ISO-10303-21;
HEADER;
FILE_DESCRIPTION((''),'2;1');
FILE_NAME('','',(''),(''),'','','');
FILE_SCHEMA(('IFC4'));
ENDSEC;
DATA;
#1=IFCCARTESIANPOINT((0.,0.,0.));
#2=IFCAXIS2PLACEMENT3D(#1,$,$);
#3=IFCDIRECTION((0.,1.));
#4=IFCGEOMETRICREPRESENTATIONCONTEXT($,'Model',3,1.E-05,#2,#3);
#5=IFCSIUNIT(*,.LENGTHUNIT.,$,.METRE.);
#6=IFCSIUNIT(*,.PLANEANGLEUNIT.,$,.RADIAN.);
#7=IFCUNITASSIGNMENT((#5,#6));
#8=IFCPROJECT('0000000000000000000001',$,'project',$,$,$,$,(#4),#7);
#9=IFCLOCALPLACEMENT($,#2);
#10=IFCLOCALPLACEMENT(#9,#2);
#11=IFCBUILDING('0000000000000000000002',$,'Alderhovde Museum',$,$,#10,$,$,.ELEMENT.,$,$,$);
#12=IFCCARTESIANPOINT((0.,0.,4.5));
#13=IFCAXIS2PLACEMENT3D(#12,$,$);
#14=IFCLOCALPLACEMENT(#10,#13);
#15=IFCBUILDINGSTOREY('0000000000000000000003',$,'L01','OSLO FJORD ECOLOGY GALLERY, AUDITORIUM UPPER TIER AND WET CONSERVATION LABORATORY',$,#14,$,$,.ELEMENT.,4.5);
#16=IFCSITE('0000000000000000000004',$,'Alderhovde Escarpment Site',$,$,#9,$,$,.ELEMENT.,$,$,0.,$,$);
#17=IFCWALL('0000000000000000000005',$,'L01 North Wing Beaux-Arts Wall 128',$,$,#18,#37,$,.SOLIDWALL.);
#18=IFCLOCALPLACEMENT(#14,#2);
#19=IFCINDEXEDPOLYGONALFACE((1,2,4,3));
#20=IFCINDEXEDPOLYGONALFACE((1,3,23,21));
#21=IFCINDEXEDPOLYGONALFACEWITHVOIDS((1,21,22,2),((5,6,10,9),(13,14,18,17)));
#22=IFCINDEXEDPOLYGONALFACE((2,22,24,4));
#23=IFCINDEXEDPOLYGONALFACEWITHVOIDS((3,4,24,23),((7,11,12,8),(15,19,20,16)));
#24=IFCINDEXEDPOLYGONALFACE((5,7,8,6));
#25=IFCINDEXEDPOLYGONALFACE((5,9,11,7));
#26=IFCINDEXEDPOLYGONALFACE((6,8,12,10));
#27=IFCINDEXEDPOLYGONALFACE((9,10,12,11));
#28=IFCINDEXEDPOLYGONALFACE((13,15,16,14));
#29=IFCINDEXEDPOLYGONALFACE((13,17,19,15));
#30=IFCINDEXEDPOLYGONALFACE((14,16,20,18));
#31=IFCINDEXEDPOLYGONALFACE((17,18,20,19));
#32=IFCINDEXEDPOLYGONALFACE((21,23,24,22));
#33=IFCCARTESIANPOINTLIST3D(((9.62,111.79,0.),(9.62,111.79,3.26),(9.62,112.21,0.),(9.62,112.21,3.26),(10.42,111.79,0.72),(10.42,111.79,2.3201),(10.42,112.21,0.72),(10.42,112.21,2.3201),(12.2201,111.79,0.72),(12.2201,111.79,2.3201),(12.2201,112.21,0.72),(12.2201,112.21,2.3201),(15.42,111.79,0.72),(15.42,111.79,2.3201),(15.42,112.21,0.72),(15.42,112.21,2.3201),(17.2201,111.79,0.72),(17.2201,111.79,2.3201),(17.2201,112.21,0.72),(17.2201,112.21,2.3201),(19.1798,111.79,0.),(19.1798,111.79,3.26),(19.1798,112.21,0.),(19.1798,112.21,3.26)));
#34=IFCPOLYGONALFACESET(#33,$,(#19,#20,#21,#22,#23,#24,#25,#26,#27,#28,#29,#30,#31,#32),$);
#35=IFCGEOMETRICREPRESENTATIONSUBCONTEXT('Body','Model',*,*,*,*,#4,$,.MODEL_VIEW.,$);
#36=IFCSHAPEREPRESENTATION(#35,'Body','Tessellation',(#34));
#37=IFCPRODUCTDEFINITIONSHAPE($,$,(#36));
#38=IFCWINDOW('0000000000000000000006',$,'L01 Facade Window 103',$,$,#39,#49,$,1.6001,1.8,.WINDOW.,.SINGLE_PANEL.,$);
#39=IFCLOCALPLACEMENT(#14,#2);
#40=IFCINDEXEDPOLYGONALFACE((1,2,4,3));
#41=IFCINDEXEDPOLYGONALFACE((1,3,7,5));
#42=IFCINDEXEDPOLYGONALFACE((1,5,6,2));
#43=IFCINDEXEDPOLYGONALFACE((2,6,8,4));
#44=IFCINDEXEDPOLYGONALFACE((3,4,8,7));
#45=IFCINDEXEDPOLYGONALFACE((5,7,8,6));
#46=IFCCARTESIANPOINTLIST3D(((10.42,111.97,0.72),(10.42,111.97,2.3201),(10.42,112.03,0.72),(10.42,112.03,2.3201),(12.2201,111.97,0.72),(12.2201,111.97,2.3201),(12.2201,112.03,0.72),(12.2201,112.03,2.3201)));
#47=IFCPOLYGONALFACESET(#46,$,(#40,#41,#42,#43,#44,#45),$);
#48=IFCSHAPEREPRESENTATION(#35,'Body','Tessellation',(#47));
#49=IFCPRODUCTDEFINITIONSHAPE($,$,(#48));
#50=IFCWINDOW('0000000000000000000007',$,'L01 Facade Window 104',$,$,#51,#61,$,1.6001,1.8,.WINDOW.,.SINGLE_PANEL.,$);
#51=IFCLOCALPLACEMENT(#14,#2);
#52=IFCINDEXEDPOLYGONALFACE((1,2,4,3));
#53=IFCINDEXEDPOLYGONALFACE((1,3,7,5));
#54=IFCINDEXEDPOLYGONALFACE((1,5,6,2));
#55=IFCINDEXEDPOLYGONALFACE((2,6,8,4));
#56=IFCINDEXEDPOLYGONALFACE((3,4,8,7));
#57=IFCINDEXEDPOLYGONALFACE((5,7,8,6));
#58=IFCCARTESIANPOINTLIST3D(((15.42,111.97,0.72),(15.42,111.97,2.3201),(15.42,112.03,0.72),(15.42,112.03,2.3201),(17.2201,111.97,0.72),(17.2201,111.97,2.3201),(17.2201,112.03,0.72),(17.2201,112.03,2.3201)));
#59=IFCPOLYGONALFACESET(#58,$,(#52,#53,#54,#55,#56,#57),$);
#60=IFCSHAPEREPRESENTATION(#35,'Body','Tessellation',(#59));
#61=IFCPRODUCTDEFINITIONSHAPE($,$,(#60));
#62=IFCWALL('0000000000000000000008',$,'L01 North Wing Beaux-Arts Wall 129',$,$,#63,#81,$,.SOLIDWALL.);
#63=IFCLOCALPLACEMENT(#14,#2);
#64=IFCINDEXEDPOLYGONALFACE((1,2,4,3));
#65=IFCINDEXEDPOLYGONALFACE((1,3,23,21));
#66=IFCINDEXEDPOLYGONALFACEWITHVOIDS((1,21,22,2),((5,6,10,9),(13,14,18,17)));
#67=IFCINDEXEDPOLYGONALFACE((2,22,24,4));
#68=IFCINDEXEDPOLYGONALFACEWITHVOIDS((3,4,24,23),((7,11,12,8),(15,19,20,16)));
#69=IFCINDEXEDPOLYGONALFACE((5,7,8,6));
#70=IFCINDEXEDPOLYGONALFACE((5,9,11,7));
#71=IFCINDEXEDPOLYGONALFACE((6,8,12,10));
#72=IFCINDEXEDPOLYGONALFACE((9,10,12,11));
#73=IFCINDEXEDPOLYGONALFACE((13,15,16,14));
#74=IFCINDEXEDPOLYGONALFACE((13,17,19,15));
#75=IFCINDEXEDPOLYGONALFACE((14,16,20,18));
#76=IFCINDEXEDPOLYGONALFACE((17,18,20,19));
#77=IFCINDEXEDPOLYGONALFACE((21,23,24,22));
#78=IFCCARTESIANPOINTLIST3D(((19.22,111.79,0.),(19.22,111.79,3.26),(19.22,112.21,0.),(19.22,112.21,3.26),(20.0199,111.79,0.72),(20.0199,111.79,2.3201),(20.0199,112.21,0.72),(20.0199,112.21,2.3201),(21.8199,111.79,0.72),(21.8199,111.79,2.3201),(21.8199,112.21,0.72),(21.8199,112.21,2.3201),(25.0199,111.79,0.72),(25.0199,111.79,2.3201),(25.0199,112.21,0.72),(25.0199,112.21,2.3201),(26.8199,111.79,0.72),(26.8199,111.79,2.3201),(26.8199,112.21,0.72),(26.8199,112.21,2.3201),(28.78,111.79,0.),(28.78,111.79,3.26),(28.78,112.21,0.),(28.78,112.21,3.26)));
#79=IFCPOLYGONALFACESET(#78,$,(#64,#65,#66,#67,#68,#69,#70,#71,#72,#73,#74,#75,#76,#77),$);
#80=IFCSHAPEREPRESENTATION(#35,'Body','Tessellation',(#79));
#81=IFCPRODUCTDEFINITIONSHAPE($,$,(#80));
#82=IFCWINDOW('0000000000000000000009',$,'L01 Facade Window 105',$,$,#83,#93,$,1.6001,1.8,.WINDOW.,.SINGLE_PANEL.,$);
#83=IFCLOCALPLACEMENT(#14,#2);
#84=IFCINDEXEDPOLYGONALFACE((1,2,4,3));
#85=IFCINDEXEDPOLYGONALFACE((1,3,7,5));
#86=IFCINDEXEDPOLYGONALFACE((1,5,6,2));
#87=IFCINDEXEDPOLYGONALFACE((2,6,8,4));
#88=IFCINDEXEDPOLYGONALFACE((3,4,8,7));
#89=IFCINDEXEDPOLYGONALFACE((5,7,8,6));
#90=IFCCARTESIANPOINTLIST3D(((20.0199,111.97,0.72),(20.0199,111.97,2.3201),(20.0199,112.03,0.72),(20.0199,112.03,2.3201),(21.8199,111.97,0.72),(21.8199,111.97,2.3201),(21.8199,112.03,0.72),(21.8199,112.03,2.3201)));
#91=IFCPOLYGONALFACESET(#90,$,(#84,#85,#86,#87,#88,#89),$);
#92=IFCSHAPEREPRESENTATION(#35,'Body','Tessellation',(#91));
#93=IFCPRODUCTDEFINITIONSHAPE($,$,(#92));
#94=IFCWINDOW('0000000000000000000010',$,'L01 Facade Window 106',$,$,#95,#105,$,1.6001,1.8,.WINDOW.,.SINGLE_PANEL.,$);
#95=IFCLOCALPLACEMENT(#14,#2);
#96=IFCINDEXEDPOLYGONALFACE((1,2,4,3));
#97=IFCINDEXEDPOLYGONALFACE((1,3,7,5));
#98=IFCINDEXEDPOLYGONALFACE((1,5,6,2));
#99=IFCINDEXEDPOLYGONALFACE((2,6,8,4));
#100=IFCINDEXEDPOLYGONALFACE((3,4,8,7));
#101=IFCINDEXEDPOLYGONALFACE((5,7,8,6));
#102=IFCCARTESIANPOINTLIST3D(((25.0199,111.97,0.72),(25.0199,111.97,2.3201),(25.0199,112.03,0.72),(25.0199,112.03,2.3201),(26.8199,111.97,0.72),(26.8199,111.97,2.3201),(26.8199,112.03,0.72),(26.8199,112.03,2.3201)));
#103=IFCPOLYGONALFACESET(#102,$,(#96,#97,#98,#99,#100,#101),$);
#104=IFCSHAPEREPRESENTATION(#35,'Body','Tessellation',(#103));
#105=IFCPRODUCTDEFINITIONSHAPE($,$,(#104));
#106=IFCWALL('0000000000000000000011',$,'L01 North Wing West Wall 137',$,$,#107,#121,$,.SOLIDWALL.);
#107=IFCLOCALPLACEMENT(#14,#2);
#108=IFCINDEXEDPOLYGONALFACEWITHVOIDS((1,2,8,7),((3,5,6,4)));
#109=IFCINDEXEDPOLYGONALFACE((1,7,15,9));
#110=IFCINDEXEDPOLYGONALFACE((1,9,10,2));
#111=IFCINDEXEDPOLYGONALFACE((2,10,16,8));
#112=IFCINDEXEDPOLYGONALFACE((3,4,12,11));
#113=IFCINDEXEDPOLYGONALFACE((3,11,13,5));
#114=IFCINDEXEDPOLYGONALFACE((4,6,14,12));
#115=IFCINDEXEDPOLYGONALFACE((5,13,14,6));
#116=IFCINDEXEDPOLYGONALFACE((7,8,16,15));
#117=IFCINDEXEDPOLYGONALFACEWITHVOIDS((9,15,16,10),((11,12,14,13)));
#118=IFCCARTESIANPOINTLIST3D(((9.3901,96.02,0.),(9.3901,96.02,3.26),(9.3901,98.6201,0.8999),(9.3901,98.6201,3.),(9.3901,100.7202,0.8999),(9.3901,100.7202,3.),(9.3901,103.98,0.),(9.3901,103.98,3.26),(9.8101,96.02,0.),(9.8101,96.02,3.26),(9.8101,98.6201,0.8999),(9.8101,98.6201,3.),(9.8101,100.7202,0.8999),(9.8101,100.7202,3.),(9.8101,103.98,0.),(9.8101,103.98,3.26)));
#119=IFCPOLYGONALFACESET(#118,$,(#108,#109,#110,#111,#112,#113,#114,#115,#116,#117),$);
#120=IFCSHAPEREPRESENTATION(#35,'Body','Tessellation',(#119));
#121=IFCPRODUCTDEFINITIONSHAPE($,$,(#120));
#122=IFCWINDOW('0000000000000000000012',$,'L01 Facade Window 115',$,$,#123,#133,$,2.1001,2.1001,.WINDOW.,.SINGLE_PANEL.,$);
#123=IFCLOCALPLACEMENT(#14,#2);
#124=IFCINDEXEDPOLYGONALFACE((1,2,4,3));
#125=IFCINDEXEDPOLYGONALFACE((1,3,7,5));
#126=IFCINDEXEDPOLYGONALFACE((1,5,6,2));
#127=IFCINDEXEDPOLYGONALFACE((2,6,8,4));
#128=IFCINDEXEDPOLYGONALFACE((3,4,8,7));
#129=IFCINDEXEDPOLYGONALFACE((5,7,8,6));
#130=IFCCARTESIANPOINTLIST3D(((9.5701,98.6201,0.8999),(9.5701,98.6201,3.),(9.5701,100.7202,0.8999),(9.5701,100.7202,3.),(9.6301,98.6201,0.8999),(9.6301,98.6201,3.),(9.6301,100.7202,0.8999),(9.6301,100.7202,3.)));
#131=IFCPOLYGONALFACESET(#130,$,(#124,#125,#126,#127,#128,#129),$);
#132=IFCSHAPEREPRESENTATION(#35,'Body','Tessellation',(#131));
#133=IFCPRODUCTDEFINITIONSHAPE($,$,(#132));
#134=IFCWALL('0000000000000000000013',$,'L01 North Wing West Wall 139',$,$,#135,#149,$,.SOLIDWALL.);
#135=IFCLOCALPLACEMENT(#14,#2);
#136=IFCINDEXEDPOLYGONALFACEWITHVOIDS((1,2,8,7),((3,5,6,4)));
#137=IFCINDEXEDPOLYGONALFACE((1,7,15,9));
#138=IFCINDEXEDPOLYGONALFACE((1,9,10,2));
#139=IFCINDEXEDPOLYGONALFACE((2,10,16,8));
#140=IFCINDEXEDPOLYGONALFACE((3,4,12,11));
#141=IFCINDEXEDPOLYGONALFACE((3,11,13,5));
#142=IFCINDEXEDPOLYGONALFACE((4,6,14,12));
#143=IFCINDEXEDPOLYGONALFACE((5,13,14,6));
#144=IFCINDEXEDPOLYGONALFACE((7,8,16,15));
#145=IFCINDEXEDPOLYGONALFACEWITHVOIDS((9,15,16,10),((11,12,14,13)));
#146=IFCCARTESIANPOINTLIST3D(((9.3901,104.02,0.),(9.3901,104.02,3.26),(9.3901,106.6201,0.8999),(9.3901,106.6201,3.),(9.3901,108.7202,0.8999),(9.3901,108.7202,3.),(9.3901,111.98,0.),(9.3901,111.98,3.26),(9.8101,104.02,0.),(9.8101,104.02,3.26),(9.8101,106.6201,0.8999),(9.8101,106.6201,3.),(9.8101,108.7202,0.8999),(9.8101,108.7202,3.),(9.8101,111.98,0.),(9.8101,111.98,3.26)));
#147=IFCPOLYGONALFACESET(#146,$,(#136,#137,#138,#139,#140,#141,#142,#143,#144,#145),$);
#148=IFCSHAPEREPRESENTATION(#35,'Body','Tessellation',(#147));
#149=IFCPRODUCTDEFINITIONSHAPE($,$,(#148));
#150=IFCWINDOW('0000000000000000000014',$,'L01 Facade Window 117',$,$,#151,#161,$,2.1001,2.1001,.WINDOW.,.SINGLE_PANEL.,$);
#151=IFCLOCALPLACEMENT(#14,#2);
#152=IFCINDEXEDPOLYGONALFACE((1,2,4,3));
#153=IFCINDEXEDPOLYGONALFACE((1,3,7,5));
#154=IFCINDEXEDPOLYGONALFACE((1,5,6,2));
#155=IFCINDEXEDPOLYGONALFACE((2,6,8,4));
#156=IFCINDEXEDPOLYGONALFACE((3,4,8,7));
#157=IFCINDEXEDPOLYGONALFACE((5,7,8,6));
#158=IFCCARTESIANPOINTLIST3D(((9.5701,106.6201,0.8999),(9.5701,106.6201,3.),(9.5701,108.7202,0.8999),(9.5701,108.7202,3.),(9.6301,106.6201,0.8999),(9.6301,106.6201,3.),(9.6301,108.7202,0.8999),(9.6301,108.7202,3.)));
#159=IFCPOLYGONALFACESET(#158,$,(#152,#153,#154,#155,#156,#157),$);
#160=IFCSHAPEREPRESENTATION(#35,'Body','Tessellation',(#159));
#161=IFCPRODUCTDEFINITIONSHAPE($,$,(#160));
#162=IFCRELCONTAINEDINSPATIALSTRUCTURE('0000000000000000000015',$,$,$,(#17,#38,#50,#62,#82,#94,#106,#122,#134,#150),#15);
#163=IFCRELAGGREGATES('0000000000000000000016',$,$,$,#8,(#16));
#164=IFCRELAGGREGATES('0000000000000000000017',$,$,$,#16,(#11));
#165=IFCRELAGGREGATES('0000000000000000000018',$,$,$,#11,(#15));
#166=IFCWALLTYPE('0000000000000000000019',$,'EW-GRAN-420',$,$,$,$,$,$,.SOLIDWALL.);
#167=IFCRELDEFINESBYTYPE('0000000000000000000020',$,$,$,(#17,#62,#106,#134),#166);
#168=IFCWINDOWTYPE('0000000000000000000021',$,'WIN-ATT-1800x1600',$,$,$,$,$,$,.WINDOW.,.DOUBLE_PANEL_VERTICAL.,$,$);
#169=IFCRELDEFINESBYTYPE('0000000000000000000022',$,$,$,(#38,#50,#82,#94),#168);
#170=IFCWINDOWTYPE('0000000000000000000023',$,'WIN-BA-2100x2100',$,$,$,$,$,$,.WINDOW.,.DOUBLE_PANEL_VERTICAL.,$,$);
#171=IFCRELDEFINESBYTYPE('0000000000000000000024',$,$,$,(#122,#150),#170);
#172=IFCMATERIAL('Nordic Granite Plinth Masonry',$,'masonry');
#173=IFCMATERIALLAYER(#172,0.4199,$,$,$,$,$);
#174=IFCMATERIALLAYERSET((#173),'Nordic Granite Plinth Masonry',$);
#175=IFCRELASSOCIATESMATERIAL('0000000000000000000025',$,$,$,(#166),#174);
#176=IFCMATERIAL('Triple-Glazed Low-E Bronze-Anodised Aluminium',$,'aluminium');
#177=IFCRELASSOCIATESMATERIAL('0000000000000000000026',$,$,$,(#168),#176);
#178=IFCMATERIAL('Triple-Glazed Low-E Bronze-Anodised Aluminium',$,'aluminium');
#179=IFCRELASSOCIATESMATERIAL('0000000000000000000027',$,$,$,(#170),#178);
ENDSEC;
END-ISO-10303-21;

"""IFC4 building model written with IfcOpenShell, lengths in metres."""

from ifc_helpers import new_model, si_unit, direction, frame, frame_2d, origin, place, context, subcontext, project, spatial, rectangle, extrude, material, layer, layer_set, type_object, element, fill, save


model = new_model("IFC4")

# Units and contexts
model_context = context("Model", 3, precision=1e-05, world=origin(), true_north=direction((0.0, 1.0)))
body_context = subcontext(model_context, "Body", "Model", "MODEL_VIEW")
ifc_project = project(units=[si_unit("LENGTHUNIT", "METRE"), si_unit("PLANEANGLEUNIT", "RADIAN")], contexts=[model_context])

# Site, building, storey
site_placement = place(None, origin())
site = spatial("IfcSite", under=ifc_project, at=site_placement, Name="Alderhovde Escarpment Site", CompositionType="ELEMENT", RefElevation=0.0)
building_placement = place(site_placement, origin())
building = spatial("IfcBuilding", under=site, at=building_placement, Name="Alderhovde Museum", CompositionType="ELEMENT")
storey_placement = place(building_placement, frame((0.0, 0.0, 4.5)))
storey = spatial("IfcBuildingStorey", under=building, at=storey_placement, Name="L01", Description="OSLO FJORD ECOLOGY GALLERY, AUDITORIUM UPPER TIER AND WET CONSERVATION LABORATORY", CompositionType="ELEMENT", Elevation=4.5)

# Walls, openings, windows
ifc_material_1 = material(Name="Nordic Granite Plinth Masonry", Category="masonry")
ifc_layer_1 = layer(ifc_material_1, 0.4199)
ifc_layer_set_1 = layer_set([ifc_layer_1], Name="Nordic Granite Plinth Masonry")
wall_type = type_object("IfcWallType", Name="EW-GRAN-420", PredefinedType="SOLIDWALL", material=ifc_layer_set_1)
wall_1_placement = place(storey_placement, frame((9.6201, 112.0, 0.0), z_axis=(0.0, 0.0, 1.0), x_axis=(1.0, 0.0, 0.0)))
wall_1 = element("IfcWall", 1, at=wall_1_placement, inside=storey, type_object=wall_type, Name="L01 North Wing Beaux-Arts Wall 128", PredefinedType="SOLIDWALL", context=body_context, shape_type="SweptSolid", body=[
    extrude(rectangle(XDim=9.5598, YDim=0.4199, at=frame_2d((4.7798, 0.0))), origin(), (0.0, 0.0, 1.0), 3.26),
])
opening_1_placement = place(wall_1_placement, frame((0.8, 0.0, 0.72)))
opening_1 = element("IfcOpeningElement", 2, at=opening_1_placement, cuts=wall_1, PredefinedType="OPENING", context=body_context, shape_type="SweptSolid", body=[
    extrude(rectangle(XDim=1.8, YDim=1.6001, at=frame_2d((0.8999, 0.8))), frame((0.0, 0.22, 0.0), z_axis=(0.0, -1.0, 0.0), x_axis=(1.0, 0.0, 0.0)), (0.0, 0.0, 1.0), 0.4399),
])
opening_2_placement = place(wall_1_placement, frame((5.8, 0.0, 0.72)))
opening_2 = element("IfcOpeningElement", 3, at=opening_2_placement, cuts=wall_1, PredefinedType="OPENING", context=body_context, shape_type="SweptSolid", body=[
    extrude(rectangle(XDim=1.8, YDim=1.6001, at=frame_2d((0.8999, 0.8))), frame((0.0, 0.22, 0.0), z_axis=(0.0, -1.0, 0.0), x_axis=(1.0, 0.0, 0.0)), (0.0, 0.0, 1.0), 0.4399),
])
ifc_material_2 = material(Name="Triple-Glazed Low-E Bronze-Anodised Aluminium", Category="aluminium")
window_type_1 = type_object("IfcWindowType", Name="WIN-ATT-1800x1600", PartitioningType="DOUBLE_PANEL_VERTICAL", PredefinedType="WINDOW", material=ifc_material_2)
window_1_placement = place(opening_1_placement, origin())
window_1 = element("IfcWindow", 4, at=window_1_placement, inside=storey, type_object=window_type_1, Name="L01 Facade Window 103", OverallHeight=1.6001, OverallWidth=1.8, PartitioningType="SINGLE_PANEL", PredefinedType="WINDOW", context=body_context, shape_type="SweptSolid", body=[
    extrude(rectangle(XDim=1.8, YDim=1.6001, at=frame_2d((0.8999, 0.8))), frame((0.0, 0.03, 0.0), z_axis=(0.0, -1.0, 0.0), x_axis=(1.0, 0.0, 0.0)), (0.0, 0.0, 1.0), 0.0601),
])
fill(opening_1, window_1)
window_2_placement = place(opening_2_placement, origin())
window_2 = element("IfcWindow", 5, at=window_2_placement, inside=storey, type_object=window_type_1, Name="L01 Facade Window 104", OverallHeight=1.6001, OverallWidth=1.8, PartitioningType="SINGLE_PANEL", PredefinedType="WINDOW", context=body_context, shape_type="SweptSolid", body=[
    extrude(rectangle(XDim=1.8, YDim=1.6001, at=frame_2d((0.8999, 0.8))), frame((0.0, 0.03, 0.0), z_axis=(0.0, -1.0, 0.0), x_axis=(1.0, 0.0, 0.0)), (0.0, 0.0, 1.0), 0.0601),
])
fill(opening_2, window_2)
wall_2_placement = place(storey_placement, frame((19.22, 112.0, 0.0), z_axis=(0.0, 0.0, 1.0), x_axis=(1.0, 0.0, 0.0)))
wall_2 = element("IfcWall", 6, at=wall_2_placement, inside=storey, type_object=wall_type, Name="L01 North Wing Beaux-Arts Wall 129", PredefinedType="SOLIDWALL", context=body_context, shape_type="SweptSolid", body=[
    extrude(rectangle(XDim=9.5601, YDim=0.4199, at=frame_2d((4.78, 0.0))), origin(), (0.0, 0.0, 1.0), 3.26),
])
opening_3_placement = place(wall_2_placement, frame((0.8, 0.0, 0.72)))
opening_3 = element("IfcOpeningElement", 7, at=opening_3_placement, cuts=wall_2, PredefinedType="OPENING", context=body_context, shape_type="SweptSolid", body=[
    extrude(rectangle(XDim=1.8, YDim=1.6001, at=frame_2d((0.8999, 0.8))), frame((0.0, 0.22, 0.0), z_axis=(0.0, -1.0, 0.0), x_axis=(1.0, 0.0, 0.0)), (0.0, 0.0, 1.0), 0.4399),
])
opening_4_placement = place(wall_2_placement, frame((5.8, 0.0, 0.72)))
opening_4 = element("IfcOpeningElement", 8, at=opening_4_placement, cuts=wall_2, PredefinedType="OPENING", context=body_context, shape_type="SweptSolid", body=[
    extrude(rectangle(XDim=1.8, YDim=1.6001, at=frame_2d((0.8999, 0.8))), frame((0.0, 0.22, 0.0), z_axis=(0.0, -1.0, 0.0), x_axis=(1.0, 0.0, 0.0)), (0.0, 0.0, 1.0), 0.4399),
])
window_3_placement = place(opening_3_placement, origin())
window_3 = element("IfcWindow", 9, at=window_3_placement, inside=storey, type_object=window_type_1, Name="L01 Facade Window 105", OverallHeight=1.6001, OverallWidth=1.8, PartitioningType="SINGLE_PANEL", PredefinedType="WINDOW", context=body_context, shape_type="SweptSolid", body=[
    extrude(rectangle(XDim=1.8, YDim=1.6001, at=frame_2d((0.8999, 0.8))), frame((0.0, 0.03, 0.0), z_axis=(0.0, -1.0, 0.0), x_axis=(1.0, 0.0, 0.0)), (0.0, 0.0, 1.0), 0.0601),
])
fill(opening_3, window_3)
window_4_placement = place(opening_4_placement, origin())
window_4 = element("IfcWindow", 10, at=window_4_placement, inside=storey, type_object=window_type_1, Name="L01 Facade Window 106", OverallHeight=1.6001, OverallWidth=1.8, PartitioningType="SINGLE_PANEL", PredefinedType="WINDOW", context=body_context, shape_type="SweptSolid", body=[
    extrude(rectangle(XDim=1.8, YDim=1.6001, at=frame_2d((0.8999, 0.8))), frame((0.0, 0.03, 0.0), z_axis=(0.0, -1.0, 0.0), x_axis=(1.0, 0.0, 0.0)), (0.0, 0.0, 1.0), 0.0601),
])
fill(opening_4, window_4)

# Walls, openings, windows
wall_3_placement = place(storey_placement, frame((9.6001, 96.02, 0.0), z_axis=(0.0, 0.0, 1.0), x_axis=(0.0, 1.0, 0.0)))
wall_3 = element("IfcWall", 11, at=wall_3_placement, inside=storey, type_object=wall_type, Name="L01 North Wing West Wall 137", PredefinedType="SOLIDWALL", context=body_context, shape_type="SweptSolid", body=[
    extrude(rectangle(XDim=7.96, YDim=0.4199, at=frame_2d((3.98, 0.0))), origin(), (0.0, 0.0, 1.0), 3.26),
])
opening_5_placement = place(wall_3_placement, frame((2.6001, 0.0, 0.8999)))
opening_5 = element("IfcOpeningElement", 12, at=opening_5_placement, cuts=wall_3, PredefinedType="OPENING", context=body_context, shape_type="SweptSolid", body=[
    extrude(rectangle(XDim=2.1001, YDim=2.1001, at=frame_2d((1.05, 1.05))), frame((0.0, 0.22, 0.0), z_axis=(0.0, -1.0, 0.0), x_axis=(1.0, 0.0, 0.0)), (0.0, 0.0, 1.0), 0.4399),
])
ifc_material_3 = material(Name="Triple-Glazed Low-E Bronze-Anodised Aluminium", Category="aluminium")
window_type_2 = type_object("IfcWindowType", Name="WIN-BA-2100x2100", PartitioningType="DOUBLE_PANEL_VERTICAL", PredefinedType="WINDOW", material=ifc_material_3)
window_5_placement = place(opening_5_placement, origin())
window_5 = element("IfcWindow", 13, at=window_5_placement, inside=storey, type_object=window_type_2, Name="L01 Facade Window 115", OverallHeight=2.1001, OverallWidth=2.1001, PartitioningType="SINGLE_PANEL", PredefinedType="WINDOW", context=body_context, shape_type="SweptSolid", body=[
    extrude(rectangle(XDim=2.1001, YDim=2.1001, at=frame_2d((1.05, 1.05))), frame((0.0, 0.03, 0.0), z_axis=(0.0, -1.0, 0.0), x_axis=(1.0, 0.0, 0.0)), (0.0, 0.0, 1.0), 0.0601),
])
fill(opening_5, window_5)
wall_4_placement = place(storey_placement, frame((9.6001, 104.02, 0.0), z_axis=(0.0, 0.0, 1.0), x_axis=(0.0, 1.0, 0.0)))
wall_4 = element("IfcWall", 14, at=wall_4_placement, inside=storey, type_object=wall_type, Name="L01 North Wing West Wall 139", PredefinedType="SOLIDWALL", context=body_context, shape_type="SweptSolid", body=[
    extrude(rectangle(XDim=7.96, YDim=0.4199, at=frame_2d((3.98, 0.0))), origin(), (0.0, 0.0, 1.0), 3.26),
])
opening_6_placement = place(wall_4_placement, frame((2.6001, 0.0, 0.8999)))
opening_6 = element("IfcOpeningElement", 15, at=opening_6_placement, cuts=wall_4, PredefinedType="OPENING", context=body_context, shape_type="SweptSolid", body=[
    extrude(rectangle(XDim=2.1001, YDim=2.1001, at=frame_2d((1.05, 1.05))), frame((0.0, 0.22, 0.0), z_axis=(0.0, -1.0, 0.0), x_axis=(1.0, 0.0, 0.0)), (0.0, 0.0, 1.0), 0.4399),
])
window_6_placement = place(opening_6_placement, origin())
window_6 = element("IfcWindow", 16, at=window_6_placement, inside=storey, type_object=window_type_2, Name="L01 Facade Window 117", OverallHeight=2.1001, OverallWidth=2.1001, PartitioningType="SINGLE_PANEL", PredefinedType="WINDOW", context=body_context, shape_type="SweptSolid", body=[
    extrude(rectangle(XDim=2.1001, YDim=2.1001, at=frame_2d((1.05, 1.05))), frame((0.0, 0.03, 0.0), z_axis=(0.0, -1.0, 0.0), x_axis=(1.0, 0.0, 0.0)), (0.0, 0.0, 1.0), 0.0601),
])
fill(opening_6, window_6)

save(model, "model.ifc")
